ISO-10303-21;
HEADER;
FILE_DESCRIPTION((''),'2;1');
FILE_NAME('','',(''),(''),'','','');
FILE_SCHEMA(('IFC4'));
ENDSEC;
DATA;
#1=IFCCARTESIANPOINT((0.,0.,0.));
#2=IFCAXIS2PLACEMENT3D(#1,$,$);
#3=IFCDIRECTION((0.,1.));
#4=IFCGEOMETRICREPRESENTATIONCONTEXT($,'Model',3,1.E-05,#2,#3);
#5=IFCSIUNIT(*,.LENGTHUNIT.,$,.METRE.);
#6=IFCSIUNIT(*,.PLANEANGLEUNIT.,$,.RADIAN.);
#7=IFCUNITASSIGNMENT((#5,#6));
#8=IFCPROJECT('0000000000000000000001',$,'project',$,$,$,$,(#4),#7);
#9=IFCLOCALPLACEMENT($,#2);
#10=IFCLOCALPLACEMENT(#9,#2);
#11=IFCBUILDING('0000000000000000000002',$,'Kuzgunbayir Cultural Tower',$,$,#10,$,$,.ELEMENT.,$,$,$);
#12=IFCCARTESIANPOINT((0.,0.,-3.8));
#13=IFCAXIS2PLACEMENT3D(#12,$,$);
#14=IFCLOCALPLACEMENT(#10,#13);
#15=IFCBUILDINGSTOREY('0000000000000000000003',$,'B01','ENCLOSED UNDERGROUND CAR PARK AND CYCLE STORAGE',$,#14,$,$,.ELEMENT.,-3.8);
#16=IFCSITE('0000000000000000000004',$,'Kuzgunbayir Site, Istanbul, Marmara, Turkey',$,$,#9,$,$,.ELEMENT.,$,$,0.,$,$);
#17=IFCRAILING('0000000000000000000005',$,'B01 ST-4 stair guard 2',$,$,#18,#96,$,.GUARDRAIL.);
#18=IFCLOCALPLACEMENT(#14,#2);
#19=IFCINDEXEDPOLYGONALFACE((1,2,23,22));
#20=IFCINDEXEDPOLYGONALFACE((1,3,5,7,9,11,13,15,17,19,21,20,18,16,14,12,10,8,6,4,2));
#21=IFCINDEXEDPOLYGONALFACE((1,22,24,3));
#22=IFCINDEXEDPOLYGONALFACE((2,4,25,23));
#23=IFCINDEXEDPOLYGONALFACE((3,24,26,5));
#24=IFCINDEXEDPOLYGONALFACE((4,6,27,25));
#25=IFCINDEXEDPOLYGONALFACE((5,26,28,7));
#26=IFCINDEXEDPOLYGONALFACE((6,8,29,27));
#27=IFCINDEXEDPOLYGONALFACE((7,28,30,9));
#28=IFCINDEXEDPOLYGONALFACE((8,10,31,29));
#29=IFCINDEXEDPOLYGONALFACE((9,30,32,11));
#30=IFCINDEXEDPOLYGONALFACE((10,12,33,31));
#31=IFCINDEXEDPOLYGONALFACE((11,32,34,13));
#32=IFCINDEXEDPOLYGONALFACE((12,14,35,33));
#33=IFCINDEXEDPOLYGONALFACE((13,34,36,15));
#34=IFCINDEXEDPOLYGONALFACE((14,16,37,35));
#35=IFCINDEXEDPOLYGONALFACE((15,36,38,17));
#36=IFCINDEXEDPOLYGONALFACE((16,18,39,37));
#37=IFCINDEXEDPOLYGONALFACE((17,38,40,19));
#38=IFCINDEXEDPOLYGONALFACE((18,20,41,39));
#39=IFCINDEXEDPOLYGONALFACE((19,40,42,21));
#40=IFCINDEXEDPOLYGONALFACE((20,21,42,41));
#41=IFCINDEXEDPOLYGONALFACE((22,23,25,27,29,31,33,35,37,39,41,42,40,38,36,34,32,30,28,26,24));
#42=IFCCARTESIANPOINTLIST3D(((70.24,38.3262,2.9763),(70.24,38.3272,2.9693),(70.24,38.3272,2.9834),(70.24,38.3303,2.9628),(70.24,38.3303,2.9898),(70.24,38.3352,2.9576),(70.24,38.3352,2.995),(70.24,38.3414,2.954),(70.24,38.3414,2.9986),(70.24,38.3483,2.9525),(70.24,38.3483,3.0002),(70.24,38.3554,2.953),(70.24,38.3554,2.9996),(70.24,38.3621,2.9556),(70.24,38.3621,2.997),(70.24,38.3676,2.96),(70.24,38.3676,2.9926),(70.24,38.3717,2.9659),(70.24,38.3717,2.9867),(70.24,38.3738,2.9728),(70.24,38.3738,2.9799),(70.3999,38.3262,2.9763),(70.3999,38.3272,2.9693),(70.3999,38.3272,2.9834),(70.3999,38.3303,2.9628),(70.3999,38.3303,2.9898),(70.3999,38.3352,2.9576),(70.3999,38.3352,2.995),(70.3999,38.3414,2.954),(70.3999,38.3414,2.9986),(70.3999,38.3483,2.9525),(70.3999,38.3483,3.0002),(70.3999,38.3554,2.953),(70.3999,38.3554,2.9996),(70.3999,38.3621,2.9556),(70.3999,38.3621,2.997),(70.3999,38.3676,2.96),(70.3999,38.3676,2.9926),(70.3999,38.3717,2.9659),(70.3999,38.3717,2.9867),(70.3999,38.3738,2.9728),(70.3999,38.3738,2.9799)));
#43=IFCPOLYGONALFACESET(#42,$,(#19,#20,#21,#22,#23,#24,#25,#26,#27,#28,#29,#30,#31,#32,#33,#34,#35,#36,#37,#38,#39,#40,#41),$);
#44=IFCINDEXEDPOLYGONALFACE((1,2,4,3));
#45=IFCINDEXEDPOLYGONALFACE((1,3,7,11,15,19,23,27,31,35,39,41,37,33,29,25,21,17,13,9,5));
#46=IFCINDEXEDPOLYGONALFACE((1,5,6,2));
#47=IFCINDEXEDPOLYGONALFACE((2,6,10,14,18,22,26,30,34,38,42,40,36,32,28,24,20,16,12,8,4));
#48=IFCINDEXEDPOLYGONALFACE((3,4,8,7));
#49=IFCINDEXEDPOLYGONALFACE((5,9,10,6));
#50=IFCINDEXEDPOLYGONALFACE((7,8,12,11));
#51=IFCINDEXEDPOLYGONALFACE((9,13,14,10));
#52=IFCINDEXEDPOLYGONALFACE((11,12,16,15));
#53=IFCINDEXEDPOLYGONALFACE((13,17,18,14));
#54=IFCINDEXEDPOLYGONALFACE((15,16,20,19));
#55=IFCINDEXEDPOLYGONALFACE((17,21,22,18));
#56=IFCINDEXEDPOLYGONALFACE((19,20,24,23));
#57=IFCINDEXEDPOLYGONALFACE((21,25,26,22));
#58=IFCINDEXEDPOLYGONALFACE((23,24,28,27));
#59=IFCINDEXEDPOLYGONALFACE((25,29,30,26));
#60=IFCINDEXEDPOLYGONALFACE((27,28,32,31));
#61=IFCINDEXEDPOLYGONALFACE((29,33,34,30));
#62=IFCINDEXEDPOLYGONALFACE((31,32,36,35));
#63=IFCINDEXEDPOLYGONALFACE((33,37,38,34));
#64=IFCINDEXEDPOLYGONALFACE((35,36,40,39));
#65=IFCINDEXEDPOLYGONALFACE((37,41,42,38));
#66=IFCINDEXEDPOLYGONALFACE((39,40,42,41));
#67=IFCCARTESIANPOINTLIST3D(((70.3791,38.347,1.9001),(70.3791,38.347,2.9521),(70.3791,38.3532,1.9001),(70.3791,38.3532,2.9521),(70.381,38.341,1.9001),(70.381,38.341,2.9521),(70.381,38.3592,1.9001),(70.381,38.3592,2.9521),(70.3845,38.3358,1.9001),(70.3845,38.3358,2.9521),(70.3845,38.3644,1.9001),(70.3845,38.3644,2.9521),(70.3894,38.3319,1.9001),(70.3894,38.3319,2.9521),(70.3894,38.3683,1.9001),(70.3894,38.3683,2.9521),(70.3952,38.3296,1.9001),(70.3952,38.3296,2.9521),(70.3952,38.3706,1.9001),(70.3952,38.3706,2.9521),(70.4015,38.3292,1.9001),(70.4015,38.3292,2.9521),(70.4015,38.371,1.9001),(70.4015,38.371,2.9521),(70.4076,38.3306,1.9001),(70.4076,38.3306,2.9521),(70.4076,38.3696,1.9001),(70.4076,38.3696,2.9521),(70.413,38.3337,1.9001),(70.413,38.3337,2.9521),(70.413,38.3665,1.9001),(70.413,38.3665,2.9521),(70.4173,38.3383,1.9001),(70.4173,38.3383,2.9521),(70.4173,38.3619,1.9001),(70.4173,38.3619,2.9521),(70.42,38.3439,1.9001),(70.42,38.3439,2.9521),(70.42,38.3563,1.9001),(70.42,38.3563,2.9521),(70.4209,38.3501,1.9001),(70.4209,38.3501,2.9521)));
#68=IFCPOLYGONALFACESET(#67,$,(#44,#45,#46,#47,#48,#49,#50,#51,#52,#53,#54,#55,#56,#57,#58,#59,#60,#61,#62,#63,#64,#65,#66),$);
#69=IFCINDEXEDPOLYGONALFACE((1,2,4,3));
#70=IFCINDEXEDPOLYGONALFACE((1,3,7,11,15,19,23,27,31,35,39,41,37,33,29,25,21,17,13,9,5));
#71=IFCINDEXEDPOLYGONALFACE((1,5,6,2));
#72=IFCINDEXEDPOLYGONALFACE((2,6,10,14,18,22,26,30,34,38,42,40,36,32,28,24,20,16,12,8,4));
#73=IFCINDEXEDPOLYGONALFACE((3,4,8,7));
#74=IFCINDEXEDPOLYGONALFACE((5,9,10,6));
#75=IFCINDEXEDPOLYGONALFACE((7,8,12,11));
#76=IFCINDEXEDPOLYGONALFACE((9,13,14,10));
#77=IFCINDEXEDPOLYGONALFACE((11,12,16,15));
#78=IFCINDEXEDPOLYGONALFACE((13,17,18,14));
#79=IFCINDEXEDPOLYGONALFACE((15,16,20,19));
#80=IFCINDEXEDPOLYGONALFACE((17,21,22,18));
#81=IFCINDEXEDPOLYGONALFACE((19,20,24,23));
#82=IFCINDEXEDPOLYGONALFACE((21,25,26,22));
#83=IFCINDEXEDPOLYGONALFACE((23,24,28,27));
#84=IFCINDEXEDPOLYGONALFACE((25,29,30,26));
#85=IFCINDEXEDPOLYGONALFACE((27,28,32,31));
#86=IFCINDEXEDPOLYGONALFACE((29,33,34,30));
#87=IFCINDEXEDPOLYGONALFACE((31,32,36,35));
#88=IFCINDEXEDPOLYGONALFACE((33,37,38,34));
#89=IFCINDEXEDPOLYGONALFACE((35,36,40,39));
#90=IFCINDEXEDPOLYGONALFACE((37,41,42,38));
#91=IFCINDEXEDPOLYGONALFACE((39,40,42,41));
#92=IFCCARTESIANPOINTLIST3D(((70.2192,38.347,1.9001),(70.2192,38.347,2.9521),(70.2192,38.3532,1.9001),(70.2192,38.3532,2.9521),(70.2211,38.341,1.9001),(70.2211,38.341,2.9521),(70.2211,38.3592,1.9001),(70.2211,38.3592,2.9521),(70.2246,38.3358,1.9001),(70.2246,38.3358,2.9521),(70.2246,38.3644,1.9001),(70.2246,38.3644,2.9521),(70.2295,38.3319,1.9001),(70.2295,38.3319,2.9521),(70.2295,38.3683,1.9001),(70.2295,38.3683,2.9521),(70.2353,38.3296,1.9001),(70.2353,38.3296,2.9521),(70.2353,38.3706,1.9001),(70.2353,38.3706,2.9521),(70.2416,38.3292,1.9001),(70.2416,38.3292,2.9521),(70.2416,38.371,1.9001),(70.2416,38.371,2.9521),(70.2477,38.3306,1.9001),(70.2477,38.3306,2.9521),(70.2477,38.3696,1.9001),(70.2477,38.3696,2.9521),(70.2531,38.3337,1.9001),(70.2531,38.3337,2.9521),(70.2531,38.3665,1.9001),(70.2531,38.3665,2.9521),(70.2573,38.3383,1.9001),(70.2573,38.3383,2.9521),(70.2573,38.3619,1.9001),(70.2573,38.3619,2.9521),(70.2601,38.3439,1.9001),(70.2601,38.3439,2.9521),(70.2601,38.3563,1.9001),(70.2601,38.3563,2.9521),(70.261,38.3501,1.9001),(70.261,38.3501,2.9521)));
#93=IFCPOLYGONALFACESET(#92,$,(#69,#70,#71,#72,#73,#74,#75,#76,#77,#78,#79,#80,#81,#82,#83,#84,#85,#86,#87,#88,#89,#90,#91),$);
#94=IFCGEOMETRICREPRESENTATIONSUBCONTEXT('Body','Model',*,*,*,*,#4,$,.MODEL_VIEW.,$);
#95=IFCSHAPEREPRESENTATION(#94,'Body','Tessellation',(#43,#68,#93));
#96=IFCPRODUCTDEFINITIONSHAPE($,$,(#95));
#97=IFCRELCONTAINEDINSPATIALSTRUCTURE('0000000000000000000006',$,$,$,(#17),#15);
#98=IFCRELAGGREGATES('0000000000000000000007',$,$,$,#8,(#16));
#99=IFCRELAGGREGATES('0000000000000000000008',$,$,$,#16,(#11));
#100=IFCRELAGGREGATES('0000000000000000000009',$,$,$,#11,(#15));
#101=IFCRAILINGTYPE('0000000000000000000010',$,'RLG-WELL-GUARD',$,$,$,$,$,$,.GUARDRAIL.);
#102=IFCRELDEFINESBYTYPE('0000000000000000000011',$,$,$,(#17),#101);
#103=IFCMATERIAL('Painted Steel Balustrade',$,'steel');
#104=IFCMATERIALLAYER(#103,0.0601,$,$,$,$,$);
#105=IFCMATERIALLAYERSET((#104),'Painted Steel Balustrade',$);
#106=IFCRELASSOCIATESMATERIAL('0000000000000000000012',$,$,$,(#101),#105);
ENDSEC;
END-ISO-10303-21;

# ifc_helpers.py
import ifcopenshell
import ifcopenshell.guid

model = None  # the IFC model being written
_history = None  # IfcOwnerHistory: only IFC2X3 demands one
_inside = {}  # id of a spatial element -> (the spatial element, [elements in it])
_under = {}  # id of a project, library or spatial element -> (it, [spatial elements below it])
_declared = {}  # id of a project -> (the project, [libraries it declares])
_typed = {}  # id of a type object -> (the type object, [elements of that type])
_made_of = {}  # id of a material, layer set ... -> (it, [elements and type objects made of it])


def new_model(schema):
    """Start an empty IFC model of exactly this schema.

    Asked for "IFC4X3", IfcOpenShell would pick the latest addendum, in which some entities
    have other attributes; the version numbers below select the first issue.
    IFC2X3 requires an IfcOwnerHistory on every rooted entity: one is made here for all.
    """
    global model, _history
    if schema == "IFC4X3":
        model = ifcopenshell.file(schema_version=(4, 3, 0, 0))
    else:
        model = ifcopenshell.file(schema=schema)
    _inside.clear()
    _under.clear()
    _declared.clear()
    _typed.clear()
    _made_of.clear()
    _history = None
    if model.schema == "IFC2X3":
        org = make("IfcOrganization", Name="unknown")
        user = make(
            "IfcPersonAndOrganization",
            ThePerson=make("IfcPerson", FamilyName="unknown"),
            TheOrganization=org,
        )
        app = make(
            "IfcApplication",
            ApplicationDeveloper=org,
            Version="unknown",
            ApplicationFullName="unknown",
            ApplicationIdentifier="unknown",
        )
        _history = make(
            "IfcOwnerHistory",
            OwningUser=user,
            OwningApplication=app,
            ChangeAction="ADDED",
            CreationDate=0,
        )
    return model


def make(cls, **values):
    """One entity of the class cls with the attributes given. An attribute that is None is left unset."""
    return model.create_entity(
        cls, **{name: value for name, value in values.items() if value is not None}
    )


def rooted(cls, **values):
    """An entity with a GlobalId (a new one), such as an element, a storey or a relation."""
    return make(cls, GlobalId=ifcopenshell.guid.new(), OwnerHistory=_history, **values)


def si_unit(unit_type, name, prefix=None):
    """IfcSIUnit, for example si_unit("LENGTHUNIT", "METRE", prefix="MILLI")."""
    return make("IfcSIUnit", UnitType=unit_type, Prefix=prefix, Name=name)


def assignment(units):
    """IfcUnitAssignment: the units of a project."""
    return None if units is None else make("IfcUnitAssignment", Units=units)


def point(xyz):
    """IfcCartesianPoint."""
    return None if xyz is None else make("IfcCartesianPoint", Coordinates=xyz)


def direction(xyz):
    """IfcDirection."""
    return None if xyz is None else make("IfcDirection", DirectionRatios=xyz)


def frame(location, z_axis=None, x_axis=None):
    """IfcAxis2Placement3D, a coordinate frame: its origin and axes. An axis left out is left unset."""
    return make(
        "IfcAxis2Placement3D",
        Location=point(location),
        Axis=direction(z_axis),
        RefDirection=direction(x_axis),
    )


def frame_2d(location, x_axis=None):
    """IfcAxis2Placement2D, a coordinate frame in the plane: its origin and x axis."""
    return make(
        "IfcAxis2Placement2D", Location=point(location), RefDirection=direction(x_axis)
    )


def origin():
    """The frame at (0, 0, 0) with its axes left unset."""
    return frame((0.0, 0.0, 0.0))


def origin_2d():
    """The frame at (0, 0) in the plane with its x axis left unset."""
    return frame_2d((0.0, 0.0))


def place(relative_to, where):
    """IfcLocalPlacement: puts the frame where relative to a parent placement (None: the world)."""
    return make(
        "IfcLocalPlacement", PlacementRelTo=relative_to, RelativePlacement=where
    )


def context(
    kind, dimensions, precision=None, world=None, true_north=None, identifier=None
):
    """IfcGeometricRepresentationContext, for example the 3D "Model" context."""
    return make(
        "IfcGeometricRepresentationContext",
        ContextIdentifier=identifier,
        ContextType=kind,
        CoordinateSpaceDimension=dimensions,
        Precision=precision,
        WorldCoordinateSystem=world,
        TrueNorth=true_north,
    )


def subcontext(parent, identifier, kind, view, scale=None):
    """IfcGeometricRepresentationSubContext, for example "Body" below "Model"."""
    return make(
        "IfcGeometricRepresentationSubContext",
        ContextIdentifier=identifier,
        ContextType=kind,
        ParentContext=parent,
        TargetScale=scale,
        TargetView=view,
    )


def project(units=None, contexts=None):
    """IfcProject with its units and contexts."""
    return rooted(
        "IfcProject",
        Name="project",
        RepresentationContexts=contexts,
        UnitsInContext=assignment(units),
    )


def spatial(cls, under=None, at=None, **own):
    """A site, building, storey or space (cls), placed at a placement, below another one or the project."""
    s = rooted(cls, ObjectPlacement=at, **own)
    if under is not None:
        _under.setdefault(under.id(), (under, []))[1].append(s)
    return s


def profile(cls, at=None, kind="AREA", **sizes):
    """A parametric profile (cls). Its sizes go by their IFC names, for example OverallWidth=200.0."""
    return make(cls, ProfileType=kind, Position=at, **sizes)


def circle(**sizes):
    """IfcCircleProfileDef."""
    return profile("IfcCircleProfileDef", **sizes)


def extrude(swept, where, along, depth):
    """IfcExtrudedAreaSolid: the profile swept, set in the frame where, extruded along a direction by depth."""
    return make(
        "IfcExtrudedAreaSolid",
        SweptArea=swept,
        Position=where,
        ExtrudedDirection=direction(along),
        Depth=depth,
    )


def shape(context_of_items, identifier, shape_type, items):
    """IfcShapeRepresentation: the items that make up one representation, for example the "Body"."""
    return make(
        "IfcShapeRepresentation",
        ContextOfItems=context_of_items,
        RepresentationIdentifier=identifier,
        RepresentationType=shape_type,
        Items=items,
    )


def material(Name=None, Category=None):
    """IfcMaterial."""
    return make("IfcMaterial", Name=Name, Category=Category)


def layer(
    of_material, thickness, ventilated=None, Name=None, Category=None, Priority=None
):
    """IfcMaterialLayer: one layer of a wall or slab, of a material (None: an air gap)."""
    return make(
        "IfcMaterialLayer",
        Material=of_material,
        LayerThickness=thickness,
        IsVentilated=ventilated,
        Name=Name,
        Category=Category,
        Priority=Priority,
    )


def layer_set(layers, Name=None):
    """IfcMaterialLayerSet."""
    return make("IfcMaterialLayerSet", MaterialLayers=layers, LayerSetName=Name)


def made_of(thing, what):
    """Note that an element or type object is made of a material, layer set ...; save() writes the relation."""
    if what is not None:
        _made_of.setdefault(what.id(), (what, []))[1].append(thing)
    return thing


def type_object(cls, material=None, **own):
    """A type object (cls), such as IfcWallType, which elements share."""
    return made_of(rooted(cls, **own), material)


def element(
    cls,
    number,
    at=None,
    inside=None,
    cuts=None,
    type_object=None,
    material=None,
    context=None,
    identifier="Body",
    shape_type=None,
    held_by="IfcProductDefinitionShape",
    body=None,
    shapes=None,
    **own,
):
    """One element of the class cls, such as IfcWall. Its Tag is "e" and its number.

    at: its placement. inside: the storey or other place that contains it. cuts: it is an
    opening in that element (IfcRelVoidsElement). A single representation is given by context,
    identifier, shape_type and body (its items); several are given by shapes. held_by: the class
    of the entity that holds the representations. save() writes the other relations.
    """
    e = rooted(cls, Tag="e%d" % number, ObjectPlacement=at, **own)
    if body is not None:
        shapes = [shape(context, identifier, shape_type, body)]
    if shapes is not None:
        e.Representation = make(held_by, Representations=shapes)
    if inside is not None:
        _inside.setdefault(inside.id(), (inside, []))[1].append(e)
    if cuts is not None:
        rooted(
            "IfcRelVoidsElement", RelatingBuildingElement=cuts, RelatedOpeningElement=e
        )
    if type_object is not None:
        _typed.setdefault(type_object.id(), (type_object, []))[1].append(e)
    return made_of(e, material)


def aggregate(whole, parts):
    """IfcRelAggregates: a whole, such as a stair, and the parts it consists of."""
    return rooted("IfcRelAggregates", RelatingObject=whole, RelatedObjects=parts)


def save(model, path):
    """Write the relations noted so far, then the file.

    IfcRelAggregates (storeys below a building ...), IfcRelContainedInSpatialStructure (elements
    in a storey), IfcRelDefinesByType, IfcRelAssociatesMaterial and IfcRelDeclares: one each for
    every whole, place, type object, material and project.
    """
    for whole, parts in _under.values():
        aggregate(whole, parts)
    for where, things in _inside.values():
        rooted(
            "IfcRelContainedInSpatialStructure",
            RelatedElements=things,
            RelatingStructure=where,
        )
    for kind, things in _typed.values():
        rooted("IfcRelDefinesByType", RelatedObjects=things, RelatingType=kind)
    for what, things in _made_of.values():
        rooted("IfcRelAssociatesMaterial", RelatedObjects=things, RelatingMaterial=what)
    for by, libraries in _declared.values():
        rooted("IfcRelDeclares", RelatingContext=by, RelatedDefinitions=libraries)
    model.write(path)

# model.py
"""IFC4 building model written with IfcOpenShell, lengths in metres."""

from ifc_helpers import new_model, si_unit, direction, frame, origin, origin_2d, place, context, subcontext, project, spatial, circle, extrude, material, layer, layer_set, type_object, element, save


model = new_model("IFC4")

# Units and contexts
model_context = context("Model", 3, precision=1e-05, world=origin(), true_north=direction((0.0, 1.0)))
body_context = subcontext(model_context, "Body", "Model", "MODEL_VIEW")
ifc_project = project(units=[si_unit("LENGTHUNIT", "METRE"), si_unit("PLANEANGLEUNIT", "RADIAN")], contexts=[model_context])

# Site, building, storey
site_placement = place(None, origin())
site = spatial("IfcSite", under=ifc_project, at=site_placement, Name="Kuzgunbayir Site, Istanbul, Marmara, Turkey", CompositionType="ELEMENT", RefElevation=0.0)
building_placement = place(site_placement, origin())
building = spatial("IfcBuilding", under=site, at=building_placement, Name="Kuzgunbayir Cultural Tower", CompositionType="ELEMENT")
storey_placement = place(building_placement, frame((0.0, 0.0, -3.8)))
storey = spatial("IfcBuildingStorey", under=building, at=storey_placement, Name="B01", Description="ENCLOSED UNDERGROUND CAR PARK AND CYCLE STORAGE", CompositionType="ELEMENT", Elevation=-3.8)

# Railing
ifc_material_1 = material(Name="Painted Steel Balustrade", Category="steel")
ifc_layer_1 = layer(ifc_material_1, 0.0601)
ifc_layer_set_1 = layer_set([ifc_layer_1], Name="Painted Steel Balustrade")
railing_type_1 = type_object("IfcRailingType", Name="RLG-WELL-GUARD", PredefinedType="GUARDRAIL", material=ifc_layer_set_1)
railing_1_placement = place(storey_placement, frame((70.3999, 38.3501, 1.9001)))
element("IfcRailing", 1, at=railing_1_placement, inside=storey, type_object=railing_type_1, Name="B01 ST-4 stair guard 2", PredefinedType="GUARDRAIL", context=body_context, shape_type="SweptSolid", body=[
    extrude(circle(Radius=0.0239, at=origin_2d()), frame((0.0, 0.0, 1.0762), z_axis=(-1.0, 0.0, 0.0), x_axis=(0.0, -1.0, 0.0)), (0.0, 0.0, 1.0), 0.1599),
    extrude(circle(Radius=0.021, at=origin_2d()), origin(), (0.0, 0.0, 1.0), 1.052),
    extrude(circle(Radius=0.021, at=origin_2d()), frame((-0.1599, 0.0, 0.0)), (0.0, 0.0, 1.0), 1.052),
])

save(model, "model.ifc")
